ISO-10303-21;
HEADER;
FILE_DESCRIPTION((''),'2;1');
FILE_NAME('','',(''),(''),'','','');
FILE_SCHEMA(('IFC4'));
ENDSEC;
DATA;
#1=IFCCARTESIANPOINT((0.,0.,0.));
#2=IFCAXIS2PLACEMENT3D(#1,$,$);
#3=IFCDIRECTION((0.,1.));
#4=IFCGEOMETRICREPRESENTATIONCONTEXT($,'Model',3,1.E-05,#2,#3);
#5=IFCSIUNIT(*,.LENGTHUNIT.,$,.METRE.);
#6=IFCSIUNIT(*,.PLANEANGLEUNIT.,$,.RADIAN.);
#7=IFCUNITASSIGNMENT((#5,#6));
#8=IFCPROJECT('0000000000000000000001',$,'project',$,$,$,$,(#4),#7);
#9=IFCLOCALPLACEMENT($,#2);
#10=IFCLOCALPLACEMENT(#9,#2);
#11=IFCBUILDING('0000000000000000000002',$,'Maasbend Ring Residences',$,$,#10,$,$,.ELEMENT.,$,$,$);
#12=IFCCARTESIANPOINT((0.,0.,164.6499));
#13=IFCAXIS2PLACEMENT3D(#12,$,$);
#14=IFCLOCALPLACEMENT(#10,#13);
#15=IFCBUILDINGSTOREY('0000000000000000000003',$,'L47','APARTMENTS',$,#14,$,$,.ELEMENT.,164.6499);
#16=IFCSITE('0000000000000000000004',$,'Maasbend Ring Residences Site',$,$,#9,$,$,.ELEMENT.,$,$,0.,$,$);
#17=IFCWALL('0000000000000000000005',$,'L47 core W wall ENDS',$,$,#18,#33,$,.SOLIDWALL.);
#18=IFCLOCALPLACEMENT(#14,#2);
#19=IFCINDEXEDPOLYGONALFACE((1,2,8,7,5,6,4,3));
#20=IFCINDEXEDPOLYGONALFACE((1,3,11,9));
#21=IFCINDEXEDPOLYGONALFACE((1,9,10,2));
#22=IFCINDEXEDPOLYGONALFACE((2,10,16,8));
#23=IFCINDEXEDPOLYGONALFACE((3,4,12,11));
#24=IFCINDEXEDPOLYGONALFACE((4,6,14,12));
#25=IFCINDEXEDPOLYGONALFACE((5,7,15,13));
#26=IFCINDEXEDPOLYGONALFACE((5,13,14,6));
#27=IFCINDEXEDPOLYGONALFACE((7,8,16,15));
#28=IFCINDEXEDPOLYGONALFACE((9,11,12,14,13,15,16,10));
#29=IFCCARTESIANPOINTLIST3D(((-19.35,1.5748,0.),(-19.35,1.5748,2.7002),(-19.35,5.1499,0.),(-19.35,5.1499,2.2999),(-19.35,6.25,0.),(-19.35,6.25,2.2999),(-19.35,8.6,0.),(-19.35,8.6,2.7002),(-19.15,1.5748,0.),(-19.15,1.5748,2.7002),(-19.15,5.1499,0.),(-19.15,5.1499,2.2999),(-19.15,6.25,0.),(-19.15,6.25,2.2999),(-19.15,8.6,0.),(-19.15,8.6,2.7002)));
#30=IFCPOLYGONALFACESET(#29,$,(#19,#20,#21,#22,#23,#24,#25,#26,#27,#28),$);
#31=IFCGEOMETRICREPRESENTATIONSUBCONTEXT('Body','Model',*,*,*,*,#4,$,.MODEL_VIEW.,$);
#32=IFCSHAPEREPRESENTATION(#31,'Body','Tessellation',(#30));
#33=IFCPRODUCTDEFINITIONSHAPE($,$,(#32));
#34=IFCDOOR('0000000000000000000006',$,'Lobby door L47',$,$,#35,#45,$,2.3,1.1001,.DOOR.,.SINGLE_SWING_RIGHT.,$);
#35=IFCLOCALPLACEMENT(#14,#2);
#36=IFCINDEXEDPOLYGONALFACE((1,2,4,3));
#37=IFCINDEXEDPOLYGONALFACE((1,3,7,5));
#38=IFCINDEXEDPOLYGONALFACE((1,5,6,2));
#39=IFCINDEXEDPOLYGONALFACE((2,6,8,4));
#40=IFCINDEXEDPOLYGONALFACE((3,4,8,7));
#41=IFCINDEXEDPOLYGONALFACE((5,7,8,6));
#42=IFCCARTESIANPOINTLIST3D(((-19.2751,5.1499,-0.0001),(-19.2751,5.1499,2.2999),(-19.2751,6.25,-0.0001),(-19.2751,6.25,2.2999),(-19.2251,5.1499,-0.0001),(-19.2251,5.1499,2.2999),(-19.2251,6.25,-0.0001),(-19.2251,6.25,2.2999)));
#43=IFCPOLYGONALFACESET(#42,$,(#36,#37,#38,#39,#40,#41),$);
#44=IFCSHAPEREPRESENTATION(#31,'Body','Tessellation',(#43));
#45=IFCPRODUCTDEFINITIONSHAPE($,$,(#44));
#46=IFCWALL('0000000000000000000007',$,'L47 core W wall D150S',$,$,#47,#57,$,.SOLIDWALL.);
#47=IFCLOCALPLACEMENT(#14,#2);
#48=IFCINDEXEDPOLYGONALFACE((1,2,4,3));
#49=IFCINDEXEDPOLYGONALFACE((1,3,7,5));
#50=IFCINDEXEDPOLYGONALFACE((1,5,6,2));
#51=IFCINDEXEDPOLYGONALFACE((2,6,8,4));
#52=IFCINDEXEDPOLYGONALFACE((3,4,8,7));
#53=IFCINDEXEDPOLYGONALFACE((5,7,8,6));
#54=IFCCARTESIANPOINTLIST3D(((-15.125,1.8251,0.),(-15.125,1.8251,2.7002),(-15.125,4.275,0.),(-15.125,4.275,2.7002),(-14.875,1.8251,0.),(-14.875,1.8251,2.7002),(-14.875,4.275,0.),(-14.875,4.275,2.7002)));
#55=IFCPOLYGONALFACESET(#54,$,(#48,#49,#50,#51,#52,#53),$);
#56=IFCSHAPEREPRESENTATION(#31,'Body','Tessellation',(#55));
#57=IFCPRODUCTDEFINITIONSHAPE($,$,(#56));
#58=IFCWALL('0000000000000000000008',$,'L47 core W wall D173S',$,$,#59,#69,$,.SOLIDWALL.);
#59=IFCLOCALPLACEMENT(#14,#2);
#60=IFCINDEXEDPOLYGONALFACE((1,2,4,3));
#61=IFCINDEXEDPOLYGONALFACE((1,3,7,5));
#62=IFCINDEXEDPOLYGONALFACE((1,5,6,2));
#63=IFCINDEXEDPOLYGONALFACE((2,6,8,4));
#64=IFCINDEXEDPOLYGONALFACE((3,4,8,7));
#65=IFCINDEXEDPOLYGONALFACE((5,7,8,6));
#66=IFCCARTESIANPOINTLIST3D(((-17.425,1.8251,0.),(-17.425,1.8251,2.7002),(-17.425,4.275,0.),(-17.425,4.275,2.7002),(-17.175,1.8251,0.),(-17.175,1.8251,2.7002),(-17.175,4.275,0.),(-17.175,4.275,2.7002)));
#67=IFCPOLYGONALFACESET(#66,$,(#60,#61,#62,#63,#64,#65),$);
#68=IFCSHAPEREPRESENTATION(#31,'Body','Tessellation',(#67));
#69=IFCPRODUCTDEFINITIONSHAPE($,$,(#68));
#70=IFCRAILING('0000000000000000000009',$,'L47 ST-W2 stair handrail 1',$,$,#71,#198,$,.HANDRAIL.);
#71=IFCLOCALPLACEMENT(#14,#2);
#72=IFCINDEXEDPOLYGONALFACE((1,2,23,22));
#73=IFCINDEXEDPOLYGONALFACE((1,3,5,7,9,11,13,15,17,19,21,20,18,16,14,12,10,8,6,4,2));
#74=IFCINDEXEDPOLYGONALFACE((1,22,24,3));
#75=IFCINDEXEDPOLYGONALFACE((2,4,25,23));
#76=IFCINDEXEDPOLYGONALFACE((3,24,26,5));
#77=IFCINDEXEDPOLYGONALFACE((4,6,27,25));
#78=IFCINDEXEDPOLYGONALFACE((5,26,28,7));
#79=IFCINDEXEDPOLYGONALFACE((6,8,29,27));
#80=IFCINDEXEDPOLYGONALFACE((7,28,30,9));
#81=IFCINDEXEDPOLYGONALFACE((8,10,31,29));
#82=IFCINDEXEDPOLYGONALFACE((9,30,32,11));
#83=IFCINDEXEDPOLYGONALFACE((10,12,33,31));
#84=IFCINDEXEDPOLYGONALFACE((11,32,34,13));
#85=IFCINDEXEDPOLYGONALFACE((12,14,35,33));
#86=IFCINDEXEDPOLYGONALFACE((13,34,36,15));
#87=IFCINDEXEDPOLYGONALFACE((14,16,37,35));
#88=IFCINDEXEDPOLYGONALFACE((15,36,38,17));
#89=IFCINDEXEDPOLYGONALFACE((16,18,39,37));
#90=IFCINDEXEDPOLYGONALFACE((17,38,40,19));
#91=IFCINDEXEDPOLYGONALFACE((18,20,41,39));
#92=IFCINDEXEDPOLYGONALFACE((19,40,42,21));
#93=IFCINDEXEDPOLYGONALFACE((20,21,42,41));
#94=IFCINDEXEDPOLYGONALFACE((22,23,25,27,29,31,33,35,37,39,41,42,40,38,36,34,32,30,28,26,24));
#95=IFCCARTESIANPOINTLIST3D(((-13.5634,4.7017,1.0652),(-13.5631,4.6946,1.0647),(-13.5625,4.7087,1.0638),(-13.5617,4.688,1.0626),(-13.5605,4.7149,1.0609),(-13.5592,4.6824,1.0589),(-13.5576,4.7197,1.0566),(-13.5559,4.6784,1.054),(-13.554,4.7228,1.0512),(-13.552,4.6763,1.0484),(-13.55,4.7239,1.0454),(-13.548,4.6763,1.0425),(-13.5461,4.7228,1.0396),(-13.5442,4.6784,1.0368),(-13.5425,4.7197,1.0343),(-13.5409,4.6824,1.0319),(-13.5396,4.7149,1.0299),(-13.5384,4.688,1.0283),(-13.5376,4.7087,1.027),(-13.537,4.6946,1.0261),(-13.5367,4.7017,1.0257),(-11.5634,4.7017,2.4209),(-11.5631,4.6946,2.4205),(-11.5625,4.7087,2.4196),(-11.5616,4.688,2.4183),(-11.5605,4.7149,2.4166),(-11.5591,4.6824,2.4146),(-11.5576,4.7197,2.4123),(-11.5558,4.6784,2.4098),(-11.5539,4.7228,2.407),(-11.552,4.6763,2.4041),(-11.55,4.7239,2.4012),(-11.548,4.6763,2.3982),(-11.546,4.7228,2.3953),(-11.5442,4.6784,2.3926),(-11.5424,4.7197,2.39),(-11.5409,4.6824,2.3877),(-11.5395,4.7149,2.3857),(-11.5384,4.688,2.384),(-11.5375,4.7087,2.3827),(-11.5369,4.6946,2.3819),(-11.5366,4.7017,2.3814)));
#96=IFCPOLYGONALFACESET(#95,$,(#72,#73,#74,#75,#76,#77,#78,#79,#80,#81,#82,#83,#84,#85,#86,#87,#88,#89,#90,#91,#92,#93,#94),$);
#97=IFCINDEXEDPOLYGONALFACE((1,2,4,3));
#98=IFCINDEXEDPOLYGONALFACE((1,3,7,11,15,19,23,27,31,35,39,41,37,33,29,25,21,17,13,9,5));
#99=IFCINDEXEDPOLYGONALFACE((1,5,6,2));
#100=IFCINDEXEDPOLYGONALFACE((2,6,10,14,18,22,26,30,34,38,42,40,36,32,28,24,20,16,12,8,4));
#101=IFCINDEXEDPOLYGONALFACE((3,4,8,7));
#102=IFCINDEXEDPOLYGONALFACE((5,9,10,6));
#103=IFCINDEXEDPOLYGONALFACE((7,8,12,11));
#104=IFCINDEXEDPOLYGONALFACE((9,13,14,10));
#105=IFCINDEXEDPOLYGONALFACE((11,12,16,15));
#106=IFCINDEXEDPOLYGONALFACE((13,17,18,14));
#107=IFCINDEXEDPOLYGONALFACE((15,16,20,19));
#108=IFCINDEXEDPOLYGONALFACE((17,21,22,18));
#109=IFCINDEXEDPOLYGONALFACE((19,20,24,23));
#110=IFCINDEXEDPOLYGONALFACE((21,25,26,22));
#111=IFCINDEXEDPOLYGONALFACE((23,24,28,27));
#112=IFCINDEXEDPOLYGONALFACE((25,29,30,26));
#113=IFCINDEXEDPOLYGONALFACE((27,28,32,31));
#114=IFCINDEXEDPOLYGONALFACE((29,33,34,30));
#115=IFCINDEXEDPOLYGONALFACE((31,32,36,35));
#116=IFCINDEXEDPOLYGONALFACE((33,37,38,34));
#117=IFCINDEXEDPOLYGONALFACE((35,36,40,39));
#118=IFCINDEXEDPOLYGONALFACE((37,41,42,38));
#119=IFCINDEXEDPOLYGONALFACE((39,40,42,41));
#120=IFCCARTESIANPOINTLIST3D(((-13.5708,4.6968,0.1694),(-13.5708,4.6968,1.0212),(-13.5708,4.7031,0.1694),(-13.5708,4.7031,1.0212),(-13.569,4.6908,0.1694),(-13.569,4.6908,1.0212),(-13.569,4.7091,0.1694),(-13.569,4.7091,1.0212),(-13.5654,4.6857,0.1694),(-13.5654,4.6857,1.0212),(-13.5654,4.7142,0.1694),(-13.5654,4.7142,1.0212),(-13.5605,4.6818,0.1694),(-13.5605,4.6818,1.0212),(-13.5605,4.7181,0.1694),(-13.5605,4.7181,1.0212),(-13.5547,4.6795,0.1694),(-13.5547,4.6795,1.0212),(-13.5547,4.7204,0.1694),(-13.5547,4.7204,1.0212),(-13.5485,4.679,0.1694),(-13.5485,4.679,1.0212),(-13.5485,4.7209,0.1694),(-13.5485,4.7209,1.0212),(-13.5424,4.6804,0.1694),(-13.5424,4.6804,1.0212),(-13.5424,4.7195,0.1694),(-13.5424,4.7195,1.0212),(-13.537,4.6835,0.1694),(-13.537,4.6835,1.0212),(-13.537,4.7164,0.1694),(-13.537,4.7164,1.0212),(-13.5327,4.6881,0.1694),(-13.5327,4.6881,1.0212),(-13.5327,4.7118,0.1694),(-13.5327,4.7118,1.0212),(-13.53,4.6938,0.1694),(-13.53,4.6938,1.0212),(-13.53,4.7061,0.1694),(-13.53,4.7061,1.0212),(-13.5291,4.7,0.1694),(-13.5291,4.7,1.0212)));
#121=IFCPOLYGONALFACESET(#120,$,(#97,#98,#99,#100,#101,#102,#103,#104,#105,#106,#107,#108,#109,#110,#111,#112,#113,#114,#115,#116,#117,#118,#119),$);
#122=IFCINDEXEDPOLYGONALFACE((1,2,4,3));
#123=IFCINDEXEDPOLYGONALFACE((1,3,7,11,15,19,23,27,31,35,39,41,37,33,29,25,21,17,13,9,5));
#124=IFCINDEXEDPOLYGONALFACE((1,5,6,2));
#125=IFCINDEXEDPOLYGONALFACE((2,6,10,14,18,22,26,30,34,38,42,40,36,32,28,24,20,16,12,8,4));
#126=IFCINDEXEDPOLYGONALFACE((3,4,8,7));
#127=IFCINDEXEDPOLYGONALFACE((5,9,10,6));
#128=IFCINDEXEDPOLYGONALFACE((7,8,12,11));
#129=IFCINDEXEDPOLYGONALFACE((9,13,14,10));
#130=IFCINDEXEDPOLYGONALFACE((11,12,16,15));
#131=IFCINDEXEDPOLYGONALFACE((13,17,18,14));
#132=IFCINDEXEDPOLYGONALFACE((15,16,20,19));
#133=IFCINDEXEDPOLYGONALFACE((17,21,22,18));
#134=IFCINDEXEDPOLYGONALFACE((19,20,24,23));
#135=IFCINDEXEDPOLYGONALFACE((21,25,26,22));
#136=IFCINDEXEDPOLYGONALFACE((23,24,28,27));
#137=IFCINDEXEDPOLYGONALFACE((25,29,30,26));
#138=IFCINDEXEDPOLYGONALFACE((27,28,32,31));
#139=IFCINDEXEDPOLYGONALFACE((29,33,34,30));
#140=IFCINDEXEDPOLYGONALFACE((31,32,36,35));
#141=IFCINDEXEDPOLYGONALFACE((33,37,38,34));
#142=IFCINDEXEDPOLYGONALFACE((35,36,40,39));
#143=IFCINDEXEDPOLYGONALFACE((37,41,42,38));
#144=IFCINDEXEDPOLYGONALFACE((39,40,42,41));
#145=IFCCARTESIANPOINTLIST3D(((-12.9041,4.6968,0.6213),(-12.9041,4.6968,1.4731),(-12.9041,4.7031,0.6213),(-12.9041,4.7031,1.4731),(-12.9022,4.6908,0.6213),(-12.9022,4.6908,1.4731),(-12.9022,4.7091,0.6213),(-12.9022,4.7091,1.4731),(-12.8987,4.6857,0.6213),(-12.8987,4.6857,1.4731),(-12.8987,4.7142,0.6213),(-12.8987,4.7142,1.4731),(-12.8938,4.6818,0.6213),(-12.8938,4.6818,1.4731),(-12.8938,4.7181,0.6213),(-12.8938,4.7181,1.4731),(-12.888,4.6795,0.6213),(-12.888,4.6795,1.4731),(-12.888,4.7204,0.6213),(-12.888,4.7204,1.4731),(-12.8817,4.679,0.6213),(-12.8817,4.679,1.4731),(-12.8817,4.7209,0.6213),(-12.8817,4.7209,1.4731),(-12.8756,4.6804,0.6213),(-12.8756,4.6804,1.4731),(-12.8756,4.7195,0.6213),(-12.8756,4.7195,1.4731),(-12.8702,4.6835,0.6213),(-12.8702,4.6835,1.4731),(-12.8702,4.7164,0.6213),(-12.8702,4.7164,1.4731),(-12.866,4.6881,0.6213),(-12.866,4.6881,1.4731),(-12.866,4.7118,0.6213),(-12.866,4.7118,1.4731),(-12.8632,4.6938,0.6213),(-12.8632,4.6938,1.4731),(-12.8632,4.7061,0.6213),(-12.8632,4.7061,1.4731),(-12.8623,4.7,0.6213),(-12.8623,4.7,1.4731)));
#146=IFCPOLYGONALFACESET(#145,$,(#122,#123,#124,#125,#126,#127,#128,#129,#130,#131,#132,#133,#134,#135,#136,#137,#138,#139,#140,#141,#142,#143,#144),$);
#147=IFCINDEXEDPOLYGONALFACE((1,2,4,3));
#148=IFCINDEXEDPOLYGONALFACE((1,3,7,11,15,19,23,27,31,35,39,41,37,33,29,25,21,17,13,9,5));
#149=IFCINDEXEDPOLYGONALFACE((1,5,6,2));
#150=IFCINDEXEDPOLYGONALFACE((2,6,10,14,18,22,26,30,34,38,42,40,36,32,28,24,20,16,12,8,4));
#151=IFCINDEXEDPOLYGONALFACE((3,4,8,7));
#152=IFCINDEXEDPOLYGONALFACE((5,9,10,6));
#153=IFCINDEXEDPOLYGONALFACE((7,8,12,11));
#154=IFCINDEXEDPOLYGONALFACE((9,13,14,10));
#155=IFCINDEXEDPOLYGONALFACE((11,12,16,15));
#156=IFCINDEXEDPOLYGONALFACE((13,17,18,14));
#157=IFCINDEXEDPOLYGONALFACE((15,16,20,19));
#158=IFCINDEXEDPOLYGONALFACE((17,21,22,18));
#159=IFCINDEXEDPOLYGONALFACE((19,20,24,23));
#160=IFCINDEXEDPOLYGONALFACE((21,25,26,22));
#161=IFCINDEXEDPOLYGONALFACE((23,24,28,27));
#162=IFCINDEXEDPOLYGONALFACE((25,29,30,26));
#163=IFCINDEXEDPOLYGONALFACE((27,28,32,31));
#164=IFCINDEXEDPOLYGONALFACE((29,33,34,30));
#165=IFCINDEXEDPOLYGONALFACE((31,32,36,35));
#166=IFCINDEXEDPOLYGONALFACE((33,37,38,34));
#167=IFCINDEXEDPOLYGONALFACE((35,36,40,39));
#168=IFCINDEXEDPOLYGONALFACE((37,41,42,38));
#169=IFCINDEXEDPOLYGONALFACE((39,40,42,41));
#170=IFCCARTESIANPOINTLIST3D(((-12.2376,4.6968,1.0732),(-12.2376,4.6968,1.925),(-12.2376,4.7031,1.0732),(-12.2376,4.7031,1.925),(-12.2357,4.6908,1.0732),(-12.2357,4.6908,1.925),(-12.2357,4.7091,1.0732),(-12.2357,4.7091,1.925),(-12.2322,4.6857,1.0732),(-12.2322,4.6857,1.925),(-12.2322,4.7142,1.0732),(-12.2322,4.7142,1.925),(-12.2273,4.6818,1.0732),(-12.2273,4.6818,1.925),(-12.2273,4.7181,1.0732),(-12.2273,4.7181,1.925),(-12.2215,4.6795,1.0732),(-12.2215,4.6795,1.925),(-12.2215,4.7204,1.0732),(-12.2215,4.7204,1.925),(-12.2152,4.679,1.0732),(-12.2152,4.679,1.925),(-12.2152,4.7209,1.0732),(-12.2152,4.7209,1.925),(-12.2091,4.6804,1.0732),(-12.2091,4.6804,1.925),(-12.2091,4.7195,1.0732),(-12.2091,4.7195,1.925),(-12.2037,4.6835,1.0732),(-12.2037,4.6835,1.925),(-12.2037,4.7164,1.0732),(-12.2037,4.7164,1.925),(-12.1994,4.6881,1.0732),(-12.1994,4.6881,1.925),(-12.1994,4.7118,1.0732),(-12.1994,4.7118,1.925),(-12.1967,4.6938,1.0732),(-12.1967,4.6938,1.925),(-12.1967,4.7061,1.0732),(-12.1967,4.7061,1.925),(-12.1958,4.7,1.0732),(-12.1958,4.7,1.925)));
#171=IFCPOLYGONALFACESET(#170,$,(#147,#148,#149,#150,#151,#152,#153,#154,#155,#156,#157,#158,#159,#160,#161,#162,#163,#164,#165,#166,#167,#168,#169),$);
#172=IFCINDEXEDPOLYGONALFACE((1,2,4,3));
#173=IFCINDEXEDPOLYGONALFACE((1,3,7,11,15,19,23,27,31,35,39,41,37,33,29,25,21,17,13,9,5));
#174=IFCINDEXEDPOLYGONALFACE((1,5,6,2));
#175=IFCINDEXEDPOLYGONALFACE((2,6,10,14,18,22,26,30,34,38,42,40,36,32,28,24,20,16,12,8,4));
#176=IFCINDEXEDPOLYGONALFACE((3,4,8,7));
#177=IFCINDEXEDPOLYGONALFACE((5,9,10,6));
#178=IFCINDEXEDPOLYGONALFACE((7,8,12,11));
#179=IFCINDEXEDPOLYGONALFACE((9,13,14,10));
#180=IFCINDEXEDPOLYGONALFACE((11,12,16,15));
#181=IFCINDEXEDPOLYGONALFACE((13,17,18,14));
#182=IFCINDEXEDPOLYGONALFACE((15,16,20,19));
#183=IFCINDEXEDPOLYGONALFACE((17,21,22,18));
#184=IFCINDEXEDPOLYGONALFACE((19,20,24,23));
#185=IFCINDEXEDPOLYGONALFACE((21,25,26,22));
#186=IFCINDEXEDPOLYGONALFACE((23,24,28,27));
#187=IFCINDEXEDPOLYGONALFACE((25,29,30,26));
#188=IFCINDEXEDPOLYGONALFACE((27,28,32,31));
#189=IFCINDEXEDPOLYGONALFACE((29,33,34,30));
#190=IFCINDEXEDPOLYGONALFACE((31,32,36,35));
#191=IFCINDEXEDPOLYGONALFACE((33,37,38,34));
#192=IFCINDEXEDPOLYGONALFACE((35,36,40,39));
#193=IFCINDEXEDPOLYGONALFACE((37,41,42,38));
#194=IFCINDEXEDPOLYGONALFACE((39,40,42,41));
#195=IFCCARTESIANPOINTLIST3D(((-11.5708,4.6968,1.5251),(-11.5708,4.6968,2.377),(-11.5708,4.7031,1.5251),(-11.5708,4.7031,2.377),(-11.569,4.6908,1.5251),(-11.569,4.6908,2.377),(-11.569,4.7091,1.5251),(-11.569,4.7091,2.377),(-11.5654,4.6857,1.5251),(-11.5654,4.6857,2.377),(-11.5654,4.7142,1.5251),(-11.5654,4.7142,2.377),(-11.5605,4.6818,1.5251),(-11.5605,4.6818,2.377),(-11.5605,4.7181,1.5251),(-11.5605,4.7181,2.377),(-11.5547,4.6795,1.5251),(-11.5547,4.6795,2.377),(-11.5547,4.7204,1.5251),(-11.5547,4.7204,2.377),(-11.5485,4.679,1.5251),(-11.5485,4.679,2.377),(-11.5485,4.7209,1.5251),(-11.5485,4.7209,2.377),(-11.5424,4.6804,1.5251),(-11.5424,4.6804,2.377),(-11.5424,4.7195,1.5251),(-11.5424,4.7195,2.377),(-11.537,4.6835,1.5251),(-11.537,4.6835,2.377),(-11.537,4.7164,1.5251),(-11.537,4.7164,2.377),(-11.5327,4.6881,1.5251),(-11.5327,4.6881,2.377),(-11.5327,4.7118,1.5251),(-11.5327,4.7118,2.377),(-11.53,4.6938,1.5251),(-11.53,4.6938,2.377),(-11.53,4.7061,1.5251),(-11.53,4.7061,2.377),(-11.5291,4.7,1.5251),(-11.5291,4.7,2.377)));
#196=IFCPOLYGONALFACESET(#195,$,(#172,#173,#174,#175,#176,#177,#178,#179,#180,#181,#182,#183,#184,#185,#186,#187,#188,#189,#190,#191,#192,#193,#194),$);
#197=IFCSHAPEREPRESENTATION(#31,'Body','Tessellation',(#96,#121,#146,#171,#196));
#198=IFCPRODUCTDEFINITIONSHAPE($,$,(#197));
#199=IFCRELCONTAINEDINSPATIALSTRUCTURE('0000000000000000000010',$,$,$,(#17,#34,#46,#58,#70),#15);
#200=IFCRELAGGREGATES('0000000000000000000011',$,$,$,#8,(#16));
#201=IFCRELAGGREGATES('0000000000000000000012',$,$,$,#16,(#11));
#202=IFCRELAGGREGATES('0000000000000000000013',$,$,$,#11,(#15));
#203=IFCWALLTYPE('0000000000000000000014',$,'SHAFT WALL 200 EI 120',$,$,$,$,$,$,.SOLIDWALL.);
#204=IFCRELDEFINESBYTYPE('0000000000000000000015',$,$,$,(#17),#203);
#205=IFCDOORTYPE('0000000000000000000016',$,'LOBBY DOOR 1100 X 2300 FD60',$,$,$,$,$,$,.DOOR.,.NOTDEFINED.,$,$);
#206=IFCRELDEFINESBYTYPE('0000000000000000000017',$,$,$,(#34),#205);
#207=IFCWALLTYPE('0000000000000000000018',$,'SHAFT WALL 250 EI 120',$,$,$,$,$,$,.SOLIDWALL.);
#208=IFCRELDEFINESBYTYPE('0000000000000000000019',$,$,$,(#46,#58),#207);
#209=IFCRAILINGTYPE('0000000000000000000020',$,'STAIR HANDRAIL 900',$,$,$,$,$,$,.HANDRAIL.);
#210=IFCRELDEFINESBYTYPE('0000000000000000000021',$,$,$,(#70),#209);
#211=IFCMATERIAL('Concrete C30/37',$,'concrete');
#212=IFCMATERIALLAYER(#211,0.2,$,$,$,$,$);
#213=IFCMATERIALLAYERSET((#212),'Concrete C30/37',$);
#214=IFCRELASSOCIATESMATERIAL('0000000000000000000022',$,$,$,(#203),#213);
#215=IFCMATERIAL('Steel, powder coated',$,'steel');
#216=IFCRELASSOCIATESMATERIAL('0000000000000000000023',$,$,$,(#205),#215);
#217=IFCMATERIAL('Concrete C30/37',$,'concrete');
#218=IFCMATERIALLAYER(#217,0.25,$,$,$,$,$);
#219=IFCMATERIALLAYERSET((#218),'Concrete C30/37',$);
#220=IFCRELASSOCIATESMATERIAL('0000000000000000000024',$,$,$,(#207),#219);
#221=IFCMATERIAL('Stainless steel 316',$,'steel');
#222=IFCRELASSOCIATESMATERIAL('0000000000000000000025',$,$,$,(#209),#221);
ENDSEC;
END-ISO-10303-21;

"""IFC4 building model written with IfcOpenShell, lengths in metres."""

from ifc_helpers import new_model, si_unit, direction, frame, frame_2d, origin, origin_2d, place, context, subcontext, project, spatial, rectangle, circle, extrude, material, layer, layer_set, type_object, element, fill, save


model = new_model("IFC4")

# Units and contexts
model_context = context("Model", 3, precision=1e-05, world=origin(), true_north=direction((0.0, 1.0)))
body_context = subcontext(model_context, "Body", "Model", "MODEL_VIEW")
ifc_project = project(units=[si_unit("LENGTHUNIT", "METRE"), si_unit("PLANEANGLEUNIT", "RADIAN")], contexts=[model_context])

# Site, building, storey
site_placement = place(None, origin())
site = spatial("IfcSite", under=ifc_project, at=site_placement, Name="Maasbend Ring Residences Site", CompositionType="ELEMENT", RefElevation=0.0)
building_placement = place(site_placement, origin())
building = spatial("IfcBuilding", under=site, at=building_placement, Name="Maasbend Ring Residences", CompositionType="ELEMENT")
storey_placement = place(building_placement, frame((0.0, 0.0, 164.6499)))
storey = spatial("IfcBuildingStorey", under=building, at=storey_placement, Name="L47", Description="APARTMENTS", CompositionType="ELEMENT", Elevation=164.6499)

# Wall, opening, door
ifc_material_1 = material(Name="Concrete C30/37", Category="concrete")
ifc_layer_1 = layer(ifc_material_1, 0.2)
ifc_layer_set_1 = layer_set([ifc_layer_1], Name="Concrete C30/37")
wall_type_1 = type_object("IfcWallType", Name="SHAFT WALL 200 EI 120", PredefinedType="SOLIDWALL", material=ifc_layer_set_1)
wall_1_placement = place(storey_placement, frame((-19.25, 8.6001, 0.0), z_axis=(0.0, 0.0, 1.0), x_axis=(0.0, -1.0, 0.0)))
wall_1 = element("IfcWall", 1, at=wall_1_placement, inside=storey, type_object=wall_type_1, Name="L47 core W wall ENDS", PredefinedType="SOLIDWALL", context=body_context, shape_type="SweptSolid", body=[
    extrude(rectangle(XDim=7.0251, YDim=0.2, at=frame_2d((3.5127, 0.0))), origin(), (0.0, 0.0, 1.0), 2.7002),
])
opening_1_placement = place(wall_1_placement, frame((2.3501, 0.0, 0.0)))
opening_1 = element("IfcOpeningElement", 2, at=opening_1_placement, cuts=wall_1, PredefinedType="OPENING", context=body_context, shape_type="SweptSolid", body=[
    extrude(rectangle(XDim=1.1001, YDim=2.3, at=frame_2d((0.55, 1.1499))), frame((0.0, 0.1099, 0.0), z_axis=(0.0, -1.0, 0.0), x_axis=(1.0, 0.0, 0.0)), (0.0, 0.0, 1.0), 0.22),
])
ifc_material_2 = material(Name="Steel, powder coated", Category="steel")
door_type_1 = type_object("IfcDoorType", Name="LOBBY DOOR 1100 X 2300 FD60", OperationType="NOTDEFINED", PredefinedType="DOOR", material=ifc_material_2)
door_1_placement = place(opening_1_placement, origin())
door_1 = element("IfcDoor", 3, at=door_1_placement, inside=storey, type_object=door_type_1, Name="Lobby door L47", OperationType="SINGLE_SWING_RIGHT", OverallHeight=2.3, OverallWidth=1.1001, PredefinedType="DOOR", context=body_context, shape_type="SweptSolid", body=[
    extrude(rectangle(XDim=1.1001, YDim=2.3, at=frame_2d((0.55, 1.1499))), frame((0.0, 0.0249, 0.0), z_axis=(0.0, -1.0, 0.0), x_axis=(1.0, 0.0, 0.0)), (0.0, 0.0, 1.0), 0.05),
])
fill(opening_1, door_1)

# Walls
ifc_material_3 = material(Name="Concrete C30/37", Category="concrete")
ifc_layer_2 = layer(ifc_material_3, 0.25)
ifc_layer_set_2 = layer_set([ifc_layer_2], Name="Concrete C30/37")
wall_type_2 = type_object("IfcWallType", Name="SHAFT WALL 250 EI 120", PredefinedType="SOLIDWALL", material=ifc_layer_set_2)
for number, where, z_axis, x_axis, name in (
    (4, (-15.0, 1.825, 0.0), (0.0, 0.0, 1.0), (0.0, 1.0, 0.0), "L47 core W wall D150S"),
    (5, (-17.3, 1.825, 0.0), (0.0, 0.0, 1.0), (0.0, 1.0, 0.0), "L47 core W wall D173S"),
):
    element("IfcWall", number, at=place(storey_placement, frame(where, z_axis=z_axis, x_axis=x_axis)), inside=storey, type_object=wall_type_2, Name=name, PredefinedType="SOLIDWALL", context=body_context, shape_type="SweptSolid", body=[
        extrude(rectangle(XDim=2.45, YDim=0.25, at=frame_2d((1.2251, 0.0))), origin(), (0.0, 0.0, 1.0), 2.7002),
    ])

# Railing
ifc_material_4 = material(Name="Stainless steel 316", Category="steel")
railing_type_1 = type_object("IfcRailingType", Name="STAIR HANDRAIL 900", PredefinedType="HANDRAIL", material=ifc_material_4)
railing_1_placement = place(storey_placement, frame((-13.55, 4.7, 0.1694)))
element("IfcRailing", 6, at=railing_1_placement, inside=storey, type_object=railing_type_1, Name="L47 ST-W2 stair handrail 1", PredefinedType="HANDRAIL", context=body_context, shape_type="SweptSolid", body=[
    extrude(circle(Radius=0.0239, at=origin_2d()), frame((0.0, 0.0, 0.876), z_axis=(0.827751, 0.0, 0.561096), x_axis=(0.0, 1.0, 0.0)), (0.0, 0.0, 1.0), 2.4163),
    extrude(circle(Radius=0.021, at=origin_2d()), origin(), (0.0, 0.0, 1.0), 0.8518),
    extrude(circle(Radius=0.021, at=origin_2d()), frame((0.6667, 0.0, 0.4519)), (0.0, 0.0, 1.0), 0.8518),
    extrude(circle(Radius=0.021, at=origin_2d()), frame((1.3333, 0.0, 0.9038)), (0.0, 0.0, 1.0), 0.8518),
    extrude(circle(Radius=0.021, at=origin_2d()), frame((2.0, 0.0, 1.3557)), (0.0, 0.0, 1.0), 0.8518),
])

save(model, "model.ifc")
